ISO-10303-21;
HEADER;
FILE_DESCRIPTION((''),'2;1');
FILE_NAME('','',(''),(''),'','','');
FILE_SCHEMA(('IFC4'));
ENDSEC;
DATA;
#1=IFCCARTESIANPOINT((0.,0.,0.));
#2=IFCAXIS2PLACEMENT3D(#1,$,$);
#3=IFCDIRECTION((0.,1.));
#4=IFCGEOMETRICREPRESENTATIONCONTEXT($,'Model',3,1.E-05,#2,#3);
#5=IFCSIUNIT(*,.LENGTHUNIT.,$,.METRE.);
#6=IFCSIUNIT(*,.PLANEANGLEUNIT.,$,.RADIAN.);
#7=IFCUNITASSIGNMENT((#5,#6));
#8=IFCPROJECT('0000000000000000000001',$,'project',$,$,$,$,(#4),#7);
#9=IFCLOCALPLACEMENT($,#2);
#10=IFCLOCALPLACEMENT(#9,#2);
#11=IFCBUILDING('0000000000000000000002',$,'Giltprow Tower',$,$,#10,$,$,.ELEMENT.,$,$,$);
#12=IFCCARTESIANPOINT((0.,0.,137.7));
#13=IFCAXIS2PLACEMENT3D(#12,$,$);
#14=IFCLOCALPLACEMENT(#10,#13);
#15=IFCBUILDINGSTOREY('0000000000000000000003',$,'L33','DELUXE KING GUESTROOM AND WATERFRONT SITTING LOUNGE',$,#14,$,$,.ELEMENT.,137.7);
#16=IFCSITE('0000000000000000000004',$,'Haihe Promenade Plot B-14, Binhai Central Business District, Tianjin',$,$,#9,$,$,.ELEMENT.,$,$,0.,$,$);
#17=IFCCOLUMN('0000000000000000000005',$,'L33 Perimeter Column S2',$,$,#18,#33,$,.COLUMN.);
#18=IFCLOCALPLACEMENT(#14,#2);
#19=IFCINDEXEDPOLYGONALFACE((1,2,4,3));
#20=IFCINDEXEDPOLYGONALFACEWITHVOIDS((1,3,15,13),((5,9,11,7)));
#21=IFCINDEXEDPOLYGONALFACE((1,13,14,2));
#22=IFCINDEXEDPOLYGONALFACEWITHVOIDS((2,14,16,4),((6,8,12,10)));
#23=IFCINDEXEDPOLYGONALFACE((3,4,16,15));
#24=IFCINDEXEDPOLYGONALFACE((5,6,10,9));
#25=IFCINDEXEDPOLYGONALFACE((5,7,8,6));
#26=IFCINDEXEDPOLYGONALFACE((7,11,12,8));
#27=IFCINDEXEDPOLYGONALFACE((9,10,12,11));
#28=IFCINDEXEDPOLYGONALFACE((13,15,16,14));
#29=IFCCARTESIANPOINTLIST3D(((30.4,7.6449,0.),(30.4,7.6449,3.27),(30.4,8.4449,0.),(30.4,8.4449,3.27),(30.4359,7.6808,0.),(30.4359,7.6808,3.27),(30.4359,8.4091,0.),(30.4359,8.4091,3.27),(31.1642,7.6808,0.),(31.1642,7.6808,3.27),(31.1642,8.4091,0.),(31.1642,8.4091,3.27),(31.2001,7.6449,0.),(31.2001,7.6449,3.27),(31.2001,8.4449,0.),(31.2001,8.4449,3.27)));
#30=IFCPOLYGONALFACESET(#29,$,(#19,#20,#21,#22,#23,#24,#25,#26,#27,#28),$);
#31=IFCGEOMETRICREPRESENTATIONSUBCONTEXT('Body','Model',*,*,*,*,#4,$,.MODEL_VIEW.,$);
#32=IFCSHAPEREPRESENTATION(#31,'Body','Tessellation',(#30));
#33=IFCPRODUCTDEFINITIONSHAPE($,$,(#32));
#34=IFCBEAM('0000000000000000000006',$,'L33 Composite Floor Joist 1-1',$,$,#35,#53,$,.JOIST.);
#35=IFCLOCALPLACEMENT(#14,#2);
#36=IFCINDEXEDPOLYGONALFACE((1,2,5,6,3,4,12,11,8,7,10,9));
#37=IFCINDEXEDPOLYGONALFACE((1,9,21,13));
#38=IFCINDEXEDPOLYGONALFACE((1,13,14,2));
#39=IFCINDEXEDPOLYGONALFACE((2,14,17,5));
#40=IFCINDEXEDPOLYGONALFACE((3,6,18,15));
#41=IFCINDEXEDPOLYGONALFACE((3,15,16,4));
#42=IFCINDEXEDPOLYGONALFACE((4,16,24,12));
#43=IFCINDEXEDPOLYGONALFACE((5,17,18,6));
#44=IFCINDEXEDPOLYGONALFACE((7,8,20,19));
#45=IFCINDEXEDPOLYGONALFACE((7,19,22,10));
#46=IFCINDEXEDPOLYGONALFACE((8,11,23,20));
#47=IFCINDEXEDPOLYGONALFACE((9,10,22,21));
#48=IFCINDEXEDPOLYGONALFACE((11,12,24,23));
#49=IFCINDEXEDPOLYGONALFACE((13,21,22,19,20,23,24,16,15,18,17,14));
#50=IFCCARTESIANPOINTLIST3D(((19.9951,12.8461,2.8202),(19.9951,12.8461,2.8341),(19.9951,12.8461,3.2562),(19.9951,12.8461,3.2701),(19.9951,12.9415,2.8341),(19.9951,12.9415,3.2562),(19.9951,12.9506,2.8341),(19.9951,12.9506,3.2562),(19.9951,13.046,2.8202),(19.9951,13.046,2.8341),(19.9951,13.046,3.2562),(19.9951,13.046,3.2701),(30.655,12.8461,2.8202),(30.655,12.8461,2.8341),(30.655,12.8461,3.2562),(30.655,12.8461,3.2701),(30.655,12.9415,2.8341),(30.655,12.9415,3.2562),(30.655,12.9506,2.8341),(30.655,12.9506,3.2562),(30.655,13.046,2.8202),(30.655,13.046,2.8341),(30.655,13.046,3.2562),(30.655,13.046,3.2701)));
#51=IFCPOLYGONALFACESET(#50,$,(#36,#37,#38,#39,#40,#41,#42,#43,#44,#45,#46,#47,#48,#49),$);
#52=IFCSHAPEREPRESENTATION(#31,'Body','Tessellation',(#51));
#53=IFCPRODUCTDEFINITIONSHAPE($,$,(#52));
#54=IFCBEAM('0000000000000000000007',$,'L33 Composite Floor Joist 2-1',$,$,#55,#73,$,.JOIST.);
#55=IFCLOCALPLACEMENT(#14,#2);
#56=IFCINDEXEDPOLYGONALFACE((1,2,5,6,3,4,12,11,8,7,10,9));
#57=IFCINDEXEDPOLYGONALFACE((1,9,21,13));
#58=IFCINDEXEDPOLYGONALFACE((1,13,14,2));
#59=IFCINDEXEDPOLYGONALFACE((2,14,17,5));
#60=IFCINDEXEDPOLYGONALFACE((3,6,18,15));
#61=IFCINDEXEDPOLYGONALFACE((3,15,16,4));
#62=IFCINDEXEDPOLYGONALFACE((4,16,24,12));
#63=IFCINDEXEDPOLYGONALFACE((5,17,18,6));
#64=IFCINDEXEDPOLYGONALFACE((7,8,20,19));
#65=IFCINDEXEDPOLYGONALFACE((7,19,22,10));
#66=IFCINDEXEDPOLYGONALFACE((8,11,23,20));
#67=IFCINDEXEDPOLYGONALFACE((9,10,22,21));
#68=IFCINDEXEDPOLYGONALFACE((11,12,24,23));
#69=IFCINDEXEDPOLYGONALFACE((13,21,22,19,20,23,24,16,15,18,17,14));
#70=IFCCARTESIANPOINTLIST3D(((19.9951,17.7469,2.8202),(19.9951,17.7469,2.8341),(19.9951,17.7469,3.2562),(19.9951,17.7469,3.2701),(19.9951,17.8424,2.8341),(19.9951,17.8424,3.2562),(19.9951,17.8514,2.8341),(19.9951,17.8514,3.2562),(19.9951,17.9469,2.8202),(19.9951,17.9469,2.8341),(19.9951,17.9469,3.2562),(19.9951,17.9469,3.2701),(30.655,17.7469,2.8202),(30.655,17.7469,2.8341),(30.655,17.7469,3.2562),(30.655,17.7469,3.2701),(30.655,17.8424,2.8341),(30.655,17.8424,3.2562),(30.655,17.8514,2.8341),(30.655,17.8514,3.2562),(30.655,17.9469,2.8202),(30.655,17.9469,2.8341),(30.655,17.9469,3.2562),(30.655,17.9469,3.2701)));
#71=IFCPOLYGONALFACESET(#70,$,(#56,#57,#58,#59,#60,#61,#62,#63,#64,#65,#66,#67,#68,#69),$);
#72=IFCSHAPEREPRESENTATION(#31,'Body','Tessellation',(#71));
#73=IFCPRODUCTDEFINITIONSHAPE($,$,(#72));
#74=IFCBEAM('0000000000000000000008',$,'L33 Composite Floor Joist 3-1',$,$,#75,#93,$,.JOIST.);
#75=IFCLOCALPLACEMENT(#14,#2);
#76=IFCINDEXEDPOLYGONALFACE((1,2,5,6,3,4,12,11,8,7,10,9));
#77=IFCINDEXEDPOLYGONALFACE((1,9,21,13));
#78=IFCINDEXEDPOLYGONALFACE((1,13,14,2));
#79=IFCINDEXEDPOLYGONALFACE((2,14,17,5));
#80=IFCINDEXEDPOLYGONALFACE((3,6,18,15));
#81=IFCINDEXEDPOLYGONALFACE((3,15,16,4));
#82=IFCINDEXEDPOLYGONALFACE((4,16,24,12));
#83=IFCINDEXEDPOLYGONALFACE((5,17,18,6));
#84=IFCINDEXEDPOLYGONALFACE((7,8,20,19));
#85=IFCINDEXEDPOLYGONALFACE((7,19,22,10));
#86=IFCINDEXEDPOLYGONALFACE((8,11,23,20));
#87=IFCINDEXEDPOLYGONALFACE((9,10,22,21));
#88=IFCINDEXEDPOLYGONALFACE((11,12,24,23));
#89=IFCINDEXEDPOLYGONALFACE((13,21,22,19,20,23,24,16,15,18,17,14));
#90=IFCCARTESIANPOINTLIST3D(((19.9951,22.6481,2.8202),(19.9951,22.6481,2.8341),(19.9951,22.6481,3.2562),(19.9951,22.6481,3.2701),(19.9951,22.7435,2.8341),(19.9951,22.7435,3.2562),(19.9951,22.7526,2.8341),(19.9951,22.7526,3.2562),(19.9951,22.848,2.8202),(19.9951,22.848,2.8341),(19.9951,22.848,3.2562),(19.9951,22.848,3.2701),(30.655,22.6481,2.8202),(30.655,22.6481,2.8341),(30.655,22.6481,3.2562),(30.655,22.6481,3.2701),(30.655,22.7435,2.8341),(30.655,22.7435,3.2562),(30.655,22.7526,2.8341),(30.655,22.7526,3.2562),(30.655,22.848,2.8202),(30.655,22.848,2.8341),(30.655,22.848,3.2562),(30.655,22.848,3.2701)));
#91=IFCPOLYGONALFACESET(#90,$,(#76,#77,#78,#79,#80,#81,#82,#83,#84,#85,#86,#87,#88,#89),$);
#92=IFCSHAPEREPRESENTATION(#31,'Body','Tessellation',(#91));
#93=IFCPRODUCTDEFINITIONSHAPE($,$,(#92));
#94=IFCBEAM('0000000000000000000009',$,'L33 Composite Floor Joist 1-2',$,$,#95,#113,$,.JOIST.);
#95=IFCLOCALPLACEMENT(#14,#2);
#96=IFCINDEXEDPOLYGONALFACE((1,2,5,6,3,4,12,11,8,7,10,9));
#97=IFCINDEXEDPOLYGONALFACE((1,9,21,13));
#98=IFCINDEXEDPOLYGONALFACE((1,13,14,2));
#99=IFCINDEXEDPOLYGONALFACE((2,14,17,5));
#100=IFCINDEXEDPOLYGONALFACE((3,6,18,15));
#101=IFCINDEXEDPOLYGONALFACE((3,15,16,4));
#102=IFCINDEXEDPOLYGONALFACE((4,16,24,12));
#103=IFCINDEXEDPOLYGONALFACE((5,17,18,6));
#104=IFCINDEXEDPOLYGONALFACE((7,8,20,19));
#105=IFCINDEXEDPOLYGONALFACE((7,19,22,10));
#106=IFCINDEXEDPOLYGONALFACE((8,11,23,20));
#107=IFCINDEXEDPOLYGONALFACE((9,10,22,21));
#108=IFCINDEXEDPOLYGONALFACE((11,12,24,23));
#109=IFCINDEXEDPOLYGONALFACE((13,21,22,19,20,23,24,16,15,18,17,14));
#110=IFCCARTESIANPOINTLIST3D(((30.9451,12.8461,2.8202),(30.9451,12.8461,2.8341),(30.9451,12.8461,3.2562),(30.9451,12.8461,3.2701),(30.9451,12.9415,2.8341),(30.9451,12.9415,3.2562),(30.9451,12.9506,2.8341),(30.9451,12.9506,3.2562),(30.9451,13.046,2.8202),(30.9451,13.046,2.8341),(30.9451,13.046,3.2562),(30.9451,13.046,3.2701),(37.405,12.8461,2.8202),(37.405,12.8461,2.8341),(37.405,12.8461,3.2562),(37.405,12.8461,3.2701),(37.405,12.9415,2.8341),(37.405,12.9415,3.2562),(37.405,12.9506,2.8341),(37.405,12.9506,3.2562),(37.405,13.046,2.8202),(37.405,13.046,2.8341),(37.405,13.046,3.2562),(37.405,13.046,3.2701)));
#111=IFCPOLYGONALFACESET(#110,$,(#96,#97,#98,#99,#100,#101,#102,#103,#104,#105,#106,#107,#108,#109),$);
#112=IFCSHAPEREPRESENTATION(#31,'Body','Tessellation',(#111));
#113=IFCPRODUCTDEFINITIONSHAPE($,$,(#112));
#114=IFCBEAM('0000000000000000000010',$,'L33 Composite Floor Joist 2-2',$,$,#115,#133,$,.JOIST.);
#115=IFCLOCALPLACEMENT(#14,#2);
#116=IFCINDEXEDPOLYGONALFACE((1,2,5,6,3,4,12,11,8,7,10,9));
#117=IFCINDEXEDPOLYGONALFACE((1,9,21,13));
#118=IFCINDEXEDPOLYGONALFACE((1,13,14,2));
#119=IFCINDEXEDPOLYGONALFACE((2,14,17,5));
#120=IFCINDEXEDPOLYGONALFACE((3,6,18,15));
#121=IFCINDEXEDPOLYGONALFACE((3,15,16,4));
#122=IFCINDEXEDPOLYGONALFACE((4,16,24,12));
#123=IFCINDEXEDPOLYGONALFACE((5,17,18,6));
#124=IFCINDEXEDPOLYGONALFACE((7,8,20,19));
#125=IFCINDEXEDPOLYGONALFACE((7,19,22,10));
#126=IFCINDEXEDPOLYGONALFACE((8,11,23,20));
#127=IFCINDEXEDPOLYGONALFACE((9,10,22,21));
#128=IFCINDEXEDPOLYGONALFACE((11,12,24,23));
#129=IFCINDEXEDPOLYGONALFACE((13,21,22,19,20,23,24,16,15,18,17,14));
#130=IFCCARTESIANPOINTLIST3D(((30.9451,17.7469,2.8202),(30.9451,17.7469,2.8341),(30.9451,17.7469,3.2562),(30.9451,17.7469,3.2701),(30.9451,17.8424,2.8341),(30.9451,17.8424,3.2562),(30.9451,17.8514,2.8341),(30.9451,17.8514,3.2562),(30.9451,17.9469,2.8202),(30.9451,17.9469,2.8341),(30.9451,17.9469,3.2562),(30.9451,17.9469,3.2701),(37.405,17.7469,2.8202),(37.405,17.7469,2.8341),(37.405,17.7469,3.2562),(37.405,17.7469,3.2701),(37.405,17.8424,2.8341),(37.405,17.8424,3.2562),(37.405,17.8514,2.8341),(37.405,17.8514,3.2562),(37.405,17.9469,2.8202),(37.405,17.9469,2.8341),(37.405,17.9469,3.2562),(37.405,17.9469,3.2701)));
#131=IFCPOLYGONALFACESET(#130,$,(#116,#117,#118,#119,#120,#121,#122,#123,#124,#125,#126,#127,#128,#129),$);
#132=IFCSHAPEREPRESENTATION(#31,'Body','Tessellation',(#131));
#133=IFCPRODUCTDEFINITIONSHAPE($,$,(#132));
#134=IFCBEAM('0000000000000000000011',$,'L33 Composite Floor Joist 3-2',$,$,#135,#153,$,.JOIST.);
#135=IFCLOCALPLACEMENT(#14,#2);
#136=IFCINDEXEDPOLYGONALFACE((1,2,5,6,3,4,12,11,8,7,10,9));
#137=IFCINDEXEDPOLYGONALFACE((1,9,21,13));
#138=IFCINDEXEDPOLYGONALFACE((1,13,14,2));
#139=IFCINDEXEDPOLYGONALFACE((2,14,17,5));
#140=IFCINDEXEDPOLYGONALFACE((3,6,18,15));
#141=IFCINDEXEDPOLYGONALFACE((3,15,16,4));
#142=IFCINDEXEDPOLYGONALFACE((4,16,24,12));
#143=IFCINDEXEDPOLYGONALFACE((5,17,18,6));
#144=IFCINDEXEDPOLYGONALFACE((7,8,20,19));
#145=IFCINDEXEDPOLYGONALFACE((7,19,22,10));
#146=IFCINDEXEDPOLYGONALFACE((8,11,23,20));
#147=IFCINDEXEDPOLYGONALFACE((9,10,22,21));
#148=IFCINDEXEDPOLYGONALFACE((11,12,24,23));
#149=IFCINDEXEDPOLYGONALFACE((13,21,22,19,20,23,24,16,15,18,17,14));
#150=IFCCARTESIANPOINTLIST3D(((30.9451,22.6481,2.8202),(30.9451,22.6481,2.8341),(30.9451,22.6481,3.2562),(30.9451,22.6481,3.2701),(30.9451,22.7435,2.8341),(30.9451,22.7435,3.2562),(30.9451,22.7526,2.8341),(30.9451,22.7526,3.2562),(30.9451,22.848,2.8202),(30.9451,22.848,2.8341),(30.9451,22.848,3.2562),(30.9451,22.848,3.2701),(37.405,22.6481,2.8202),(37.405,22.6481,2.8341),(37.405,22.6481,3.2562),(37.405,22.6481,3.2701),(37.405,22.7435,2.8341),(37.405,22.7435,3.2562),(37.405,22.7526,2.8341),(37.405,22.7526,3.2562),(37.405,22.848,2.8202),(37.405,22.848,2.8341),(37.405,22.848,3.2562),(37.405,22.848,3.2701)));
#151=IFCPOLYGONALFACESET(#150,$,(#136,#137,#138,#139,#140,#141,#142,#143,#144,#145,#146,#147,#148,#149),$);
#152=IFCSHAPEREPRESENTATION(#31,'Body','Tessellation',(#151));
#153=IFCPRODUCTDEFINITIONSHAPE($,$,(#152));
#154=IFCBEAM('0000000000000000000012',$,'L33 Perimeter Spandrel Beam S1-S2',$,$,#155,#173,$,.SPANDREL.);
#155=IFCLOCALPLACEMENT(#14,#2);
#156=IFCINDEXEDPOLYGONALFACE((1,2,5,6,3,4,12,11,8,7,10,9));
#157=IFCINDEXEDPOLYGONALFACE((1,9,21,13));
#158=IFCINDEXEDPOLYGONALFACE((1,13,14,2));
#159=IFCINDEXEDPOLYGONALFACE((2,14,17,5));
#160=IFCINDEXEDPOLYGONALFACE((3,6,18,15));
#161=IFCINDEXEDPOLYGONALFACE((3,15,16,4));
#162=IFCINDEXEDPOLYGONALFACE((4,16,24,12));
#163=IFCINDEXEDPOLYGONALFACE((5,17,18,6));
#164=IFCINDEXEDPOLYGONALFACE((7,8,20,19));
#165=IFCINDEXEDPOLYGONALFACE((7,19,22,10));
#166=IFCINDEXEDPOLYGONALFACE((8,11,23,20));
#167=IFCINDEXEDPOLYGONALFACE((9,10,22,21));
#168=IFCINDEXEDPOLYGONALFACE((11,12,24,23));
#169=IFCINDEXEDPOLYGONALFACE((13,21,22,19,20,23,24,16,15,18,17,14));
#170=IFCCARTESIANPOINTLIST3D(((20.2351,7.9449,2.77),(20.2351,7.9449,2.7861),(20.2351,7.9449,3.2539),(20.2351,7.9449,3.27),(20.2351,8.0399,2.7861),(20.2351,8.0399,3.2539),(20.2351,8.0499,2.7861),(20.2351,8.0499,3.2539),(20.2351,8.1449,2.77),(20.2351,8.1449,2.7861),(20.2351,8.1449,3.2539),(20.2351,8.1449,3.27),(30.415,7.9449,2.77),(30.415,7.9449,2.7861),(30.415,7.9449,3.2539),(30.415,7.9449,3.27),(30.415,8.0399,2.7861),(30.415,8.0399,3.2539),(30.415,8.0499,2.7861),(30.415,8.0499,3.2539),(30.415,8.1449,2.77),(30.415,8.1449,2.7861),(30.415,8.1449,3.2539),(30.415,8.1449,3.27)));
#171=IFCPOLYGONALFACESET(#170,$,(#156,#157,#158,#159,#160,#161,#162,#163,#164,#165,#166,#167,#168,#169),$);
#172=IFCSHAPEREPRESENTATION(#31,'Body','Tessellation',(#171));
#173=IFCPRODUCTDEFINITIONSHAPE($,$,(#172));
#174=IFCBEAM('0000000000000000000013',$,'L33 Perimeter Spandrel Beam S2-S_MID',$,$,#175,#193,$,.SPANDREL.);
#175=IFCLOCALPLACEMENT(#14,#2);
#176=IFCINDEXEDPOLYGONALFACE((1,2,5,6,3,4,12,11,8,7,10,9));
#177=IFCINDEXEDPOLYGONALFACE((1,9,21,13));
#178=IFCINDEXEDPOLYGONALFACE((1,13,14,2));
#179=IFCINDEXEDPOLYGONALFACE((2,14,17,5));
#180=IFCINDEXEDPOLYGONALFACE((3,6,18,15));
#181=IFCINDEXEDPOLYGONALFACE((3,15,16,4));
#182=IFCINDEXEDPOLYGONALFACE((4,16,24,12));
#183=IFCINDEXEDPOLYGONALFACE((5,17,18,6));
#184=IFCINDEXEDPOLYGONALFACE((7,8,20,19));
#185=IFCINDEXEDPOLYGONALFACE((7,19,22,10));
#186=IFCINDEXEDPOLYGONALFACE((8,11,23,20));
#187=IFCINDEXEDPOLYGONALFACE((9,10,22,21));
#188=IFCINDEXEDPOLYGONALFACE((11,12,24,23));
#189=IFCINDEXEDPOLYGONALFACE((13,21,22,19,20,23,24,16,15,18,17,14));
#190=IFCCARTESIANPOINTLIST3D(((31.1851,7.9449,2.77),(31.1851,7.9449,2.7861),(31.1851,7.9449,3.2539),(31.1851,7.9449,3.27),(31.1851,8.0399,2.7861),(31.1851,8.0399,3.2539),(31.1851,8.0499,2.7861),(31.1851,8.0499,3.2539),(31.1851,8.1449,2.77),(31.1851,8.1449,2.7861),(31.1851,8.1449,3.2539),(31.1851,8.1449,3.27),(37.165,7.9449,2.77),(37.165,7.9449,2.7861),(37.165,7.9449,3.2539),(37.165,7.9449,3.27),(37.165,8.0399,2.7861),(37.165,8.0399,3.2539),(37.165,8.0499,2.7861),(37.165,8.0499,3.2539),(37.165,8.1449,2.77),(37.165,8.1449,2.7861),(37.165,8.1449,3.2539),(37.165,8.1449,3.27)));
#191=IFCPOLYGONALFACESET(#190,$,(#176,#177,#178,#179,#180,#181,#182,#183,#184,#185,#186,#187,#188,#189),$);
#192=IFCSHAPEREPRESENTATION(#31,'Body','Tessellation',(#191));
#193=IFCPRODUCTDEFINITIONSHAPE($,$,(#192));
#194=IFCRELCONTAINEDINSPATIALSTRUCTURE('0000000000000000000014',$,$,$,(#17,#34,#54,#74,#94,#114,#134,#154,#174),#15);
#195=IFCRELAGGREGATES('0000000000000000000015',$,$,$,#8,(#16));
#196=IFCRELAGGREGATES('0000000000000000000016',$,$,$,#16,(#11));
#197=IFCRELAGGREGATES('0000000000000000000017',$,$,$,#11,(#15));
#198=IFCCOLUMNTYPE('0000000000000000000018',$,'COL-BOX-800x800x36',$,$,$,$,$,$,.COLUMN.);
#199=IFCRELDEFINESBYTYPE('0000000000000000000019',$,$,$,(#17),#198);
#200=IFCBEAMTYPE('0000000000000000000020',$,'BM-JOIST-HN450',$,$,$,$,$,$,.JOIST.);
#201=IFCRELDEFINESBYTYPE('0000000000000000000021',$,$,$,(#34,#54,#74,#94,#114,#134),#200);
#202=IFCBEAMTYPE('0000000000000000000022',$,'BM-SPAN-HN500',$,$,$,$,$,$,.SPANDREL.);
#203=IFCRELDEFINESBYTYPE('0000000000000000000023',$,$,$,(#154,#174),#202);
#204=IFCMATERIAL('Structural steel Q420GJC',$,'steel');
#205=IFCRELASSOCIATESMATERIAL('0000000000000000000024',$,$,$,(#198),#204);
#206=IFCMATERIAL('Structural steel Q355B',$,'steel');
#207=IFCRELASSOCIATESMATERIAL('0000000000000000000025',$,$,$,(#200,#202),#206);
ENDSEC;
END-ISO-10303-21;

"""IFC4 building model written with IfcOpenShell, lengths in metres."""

from ifc_helpers import new_model, si_unit, direction, frame, origin, origin_2d, place, context, subcontext, project, spatial, hollow_rectangle, i_section, extrude, source, transform, mapped, material, material_profile, profile_set, type_object, element, save


model = new_model("IFC4")

# Units and contexts
model_context = context("Model", 3, precision=1e-05, world=origin(), true_north=direction((0.0, 1.0)))
body_context = subcontext(model_context, "Body", "Model", "MODEL_VIEW")
ifc_project = project(units=[si_unit("LENGTHUNIT", "METRE"), si_unit("PLANEANGLEUNIT", "RADIAN")], contexts=[model_context])

# Site, building, storey
site_placement = place(None, origin())
site = spatial("IfcSite", under=ifc_project, at=site_placement, Name="Haihe Promenade Plot B-14, Binhai Central Business District, Tianjin", CompositionType="ELEMENT", RefElevation=0.0)
building_placement = place(site_placement, origin())
building = spatial("IfcBuilding", under=site, at=building_placement, Name="Giltprow Tower", CompositionType="ELEMENT")
storey_placement = place(building_placement, frame((0.0, 0.0, 137.7)))
storey = spatial("IfcBuildingStorey", under=building, at=storey_placement, Name="L33", Description="DELUXE KING GUESTROOM AND WATERFRONT SITTING LOUNGE", CompositionType="ELEMENT", Elevation=137.7)

# Column
ifc_material_1 = material(Name="Structural steel Q420GJC", Category="steel")
ifc_material_profile_1 = material_profile(ifc_material_1, hollow_rectangle(XDim=0.8, YDim=0.8, WallThickness=0.0359, at=origin_2d()), Name="BOX 800x800x36")
ifc_profile_set_1 = profile_set([ifc_material_profile_1], Name="Structural steel Q420GJC")
column_type = type_object("IfcColumnType", Name="COL-BOX-800x800x36", PredefinedType="COLUMN", material=ifc_profile_set_1)
shared_shape_1 = source(origin(), body_context, "Body", "SweptSolid", [
    extrude(hollow_rectangle(XDim=0.8, YDim=0.8, WallThickness=0.0359, at=origin_2d()), origin(), (0.0, 0.0, 1.0), 3.27),
])
column_placement = place(storey_placement, frame((30.8, 8.0449, 0.0), z_axis=(0.0, 0.0, 1.0), x_axis=(1.0, 0.0, 0.0)))
element("IfcColumn", 1, at=column_placement, inside=storey, type_object=column_type, Name="L33 Perimeter Column S2", PredefinedType="COLUMN", context=body_context, shape_type="MappedRepresentation", body=[
    mapped(shared_shape_1, transform((0.0, 0.0, 0.0), x_axis=(1.0, 0.0, 0.0), y_axis=(0.0, 1.0, 0.0), z_axis=(0.0, 0.0, 1.0), scale=1.0)),
])

# Beams
ifc_material_2 = material(Name="Structural steel Q355B", Category="steel")
ifc_material_profile_2 = material_profile(ifc_material_2, i_section(OverallWidth=0.2, OverallDepth=0.45, WebThickness=0.009, FlangeThickness=0.0139, at=origin_2d()), Name="HN 450x200x9x14")
ifc_profile_set_2 = profile_set([ifc_material_profile_2], Name="Structural steel Q355B")
beam_type_1 = type_object("IfcBeamType", Name="BM-JOIST-HN450", PredefinedType="JOIST", material=ifc_profile_set_2)
shared_shape_2 = source(origin(), body_context, "Body", "SweptSolid", [
    extrude(i_section(OverallWidth=0.2, OverallDepth=0.45, WebThickness=0.009, FlangeThickness=0.0139, at=origin_2d()), origin(), (0.0, 0.0, 1.0), 10.6599),
])
for number, where, z_axis, x_axis, name in (
    (2, (19.9951, 12.946, 3.0452), (1.0, 0.0, 0.0), (0.0, 1.0, 0.0), "L33 Composite Floor Joist 1-1"),
    (3, (19.9951, 17.8469, 3.0452), (1.0, 0.0, 0.0), (0.0, 1.0, 0.0), "L33 Composite Floor Joist 2-1"),
    (4, (19.9951, 22.748, 3.0452), (1.0, 0.0, 0.0), (0.0, 1.0, 0.0), "L33 Composite Floor Joist 3-1"),
):
    element("IfcBeam", number, at=place(storey_placement, frame(where, z_axis=z_axis, x_axis=x_axis)), inside=storey, type_object=beam_type_1, Name=name, PredefinedType="JOIST", context=body_context, shape_type="MappedRepresentation", body=[
        mapped(shared_shape_2, transform((0.0, 0.0, 0.0), x_axis=(1.0, 0.0, 0.0), y_axis=(0.0, 1.0, 0.0), z_axis=(0.0, 0.0, 1.0), scale=1.0)),
    ])
shared_shape_3 = source(origin(), body_context, "Body", "SweptSolid", [
    extrude(i_section(OverallWidth=0.2, OverallDepth=0.45, WebThickness=0.009, FlangeThickness=0.0139, at=origin_2d()), origin(), (0.0, 0.0, 1.0), 6.46),
])
for number, where, z_axis, x_axis, name in (
    (5, (30.9451, 12.946, 3.0452), (1.0, 0.0, 0.0), (0.0, 1.0, 0.0), "L33 Composite Floor Joist 1-2"),
    (6, (30.9451, 17.8469, 3.0452), (1.0, 0.0, 0.0), (0.0, 1.0, 0.0), "L33 Composite Floor Joist 2-2"),
    (7, (30.9451, 22.748, 3.0452), (1.0, 0.0, 0.0), (0.0, 1.0, 0.0), "L33 Composite Floor Joist 3-2"),
):
    element("IfcBeam", number, at=place(storey_placement, frame(where, z_axis=z_axis, x_axis=x_axis)), inside=storey, type_object=beam_type_1, Name=name, PredefinedType="JOIST", context=body_context, shape_type="MappedRepresentation", body=[
        mapped(shared_shape_3, transform((0.0, 0.0, 0.0), x_axis=(1.0, 0.0, 0.0), y_axis=(0.0, 1.0, 0.0), z_axis=(0.0, 0.0, 1.0), scale=1.0)),
    ])
ifc_material_profile_3 = material_profile(ifc_material_2, i_section(OverallWidth=0.2, OverallDepth=0.5, WebThickness=0.01, FlangeThickness=0.0161, at=origin_2d()), Name="HN 500x200x10x16")
ifc_profile_set_3 = profile_set([ifc_material_profile_3], Name="Structural steel Q355B")
beam_type_2 = type_object("IfcBeamType", Name="BM-SPAN-HN500", PredefinedType="SPANDREL", material=ifc_profile_set_3)
shared_shape_4 = source(origin(), body_context, "Body", "SweptSolid", [
    extrude(i_section(OverallWidth=0.2, OverallDepth=0.5, WebThickness=0.01, FlangeThickness=0.0161, at=origin_2d()), origin(), (0.0, 0.0, 1.0), 10.1799),
])
beam_1_placement = place(storey_placement, frame((20.2351, 8.0449, 3.02), z_axis=(1.0, 0.0, 0.0), x_axis=(0.0, 1.0, 0.0)))
element("IfcBeam", 8, at=beam_1_placement, inside=storey, type_object=beam_type_2, Name="L33 Perimeter Spandrel Beam S1-S2", PredefinedType="SPANDREL", context=body_context, shape_type="MappedRepresentation", body=[
    mapped(shared_shape_4, transform((0.0, 0.0, 0.0), x_axis=(1.0, 0.0, 0.0), y_axis=(0.0, 1.0, 0.0), z_axis=(0.0, 0.0, 1.0), scale=1.0)),
])
shared_shape_5 = source(origin(), body_context, "Body", "SweptSolid", [
    extrude(i_section(OverallWidth=0.2, OverallDepth=0.5, WebThickness=0.01, FlangeThickness=0.0161, at=origin_2d()), origin(), (0.0, 0.0, 1.0), 5.98),
])
beam_2_placement = place(storey_placement, frame((31.1851, 8.0449, 3.02), z_axis=(1.0, 0.0, 0.0), x_axis=(0.0, 1.0, 0.0)))
element("IfcBeam", 9, at=beam_2_placement, inside=storey, type_object=beam_type_2, Name="L33 Perimeter Spandrel Beam S2-S_MID", PredefinedType="SPANDREL", context=body_context, shape_type="MappedRepresentation", body=[
    mapped(shared_shape_5, transform((0.0, 0.0, 0.0), x_axis=(1.0, 0.0, 0.0), y_axis=(0.0, 1.0, 0.0), z_axis=(0.0, 0.0, 1.0), scale=1.0)),
])

save(model, "model.ifc")
